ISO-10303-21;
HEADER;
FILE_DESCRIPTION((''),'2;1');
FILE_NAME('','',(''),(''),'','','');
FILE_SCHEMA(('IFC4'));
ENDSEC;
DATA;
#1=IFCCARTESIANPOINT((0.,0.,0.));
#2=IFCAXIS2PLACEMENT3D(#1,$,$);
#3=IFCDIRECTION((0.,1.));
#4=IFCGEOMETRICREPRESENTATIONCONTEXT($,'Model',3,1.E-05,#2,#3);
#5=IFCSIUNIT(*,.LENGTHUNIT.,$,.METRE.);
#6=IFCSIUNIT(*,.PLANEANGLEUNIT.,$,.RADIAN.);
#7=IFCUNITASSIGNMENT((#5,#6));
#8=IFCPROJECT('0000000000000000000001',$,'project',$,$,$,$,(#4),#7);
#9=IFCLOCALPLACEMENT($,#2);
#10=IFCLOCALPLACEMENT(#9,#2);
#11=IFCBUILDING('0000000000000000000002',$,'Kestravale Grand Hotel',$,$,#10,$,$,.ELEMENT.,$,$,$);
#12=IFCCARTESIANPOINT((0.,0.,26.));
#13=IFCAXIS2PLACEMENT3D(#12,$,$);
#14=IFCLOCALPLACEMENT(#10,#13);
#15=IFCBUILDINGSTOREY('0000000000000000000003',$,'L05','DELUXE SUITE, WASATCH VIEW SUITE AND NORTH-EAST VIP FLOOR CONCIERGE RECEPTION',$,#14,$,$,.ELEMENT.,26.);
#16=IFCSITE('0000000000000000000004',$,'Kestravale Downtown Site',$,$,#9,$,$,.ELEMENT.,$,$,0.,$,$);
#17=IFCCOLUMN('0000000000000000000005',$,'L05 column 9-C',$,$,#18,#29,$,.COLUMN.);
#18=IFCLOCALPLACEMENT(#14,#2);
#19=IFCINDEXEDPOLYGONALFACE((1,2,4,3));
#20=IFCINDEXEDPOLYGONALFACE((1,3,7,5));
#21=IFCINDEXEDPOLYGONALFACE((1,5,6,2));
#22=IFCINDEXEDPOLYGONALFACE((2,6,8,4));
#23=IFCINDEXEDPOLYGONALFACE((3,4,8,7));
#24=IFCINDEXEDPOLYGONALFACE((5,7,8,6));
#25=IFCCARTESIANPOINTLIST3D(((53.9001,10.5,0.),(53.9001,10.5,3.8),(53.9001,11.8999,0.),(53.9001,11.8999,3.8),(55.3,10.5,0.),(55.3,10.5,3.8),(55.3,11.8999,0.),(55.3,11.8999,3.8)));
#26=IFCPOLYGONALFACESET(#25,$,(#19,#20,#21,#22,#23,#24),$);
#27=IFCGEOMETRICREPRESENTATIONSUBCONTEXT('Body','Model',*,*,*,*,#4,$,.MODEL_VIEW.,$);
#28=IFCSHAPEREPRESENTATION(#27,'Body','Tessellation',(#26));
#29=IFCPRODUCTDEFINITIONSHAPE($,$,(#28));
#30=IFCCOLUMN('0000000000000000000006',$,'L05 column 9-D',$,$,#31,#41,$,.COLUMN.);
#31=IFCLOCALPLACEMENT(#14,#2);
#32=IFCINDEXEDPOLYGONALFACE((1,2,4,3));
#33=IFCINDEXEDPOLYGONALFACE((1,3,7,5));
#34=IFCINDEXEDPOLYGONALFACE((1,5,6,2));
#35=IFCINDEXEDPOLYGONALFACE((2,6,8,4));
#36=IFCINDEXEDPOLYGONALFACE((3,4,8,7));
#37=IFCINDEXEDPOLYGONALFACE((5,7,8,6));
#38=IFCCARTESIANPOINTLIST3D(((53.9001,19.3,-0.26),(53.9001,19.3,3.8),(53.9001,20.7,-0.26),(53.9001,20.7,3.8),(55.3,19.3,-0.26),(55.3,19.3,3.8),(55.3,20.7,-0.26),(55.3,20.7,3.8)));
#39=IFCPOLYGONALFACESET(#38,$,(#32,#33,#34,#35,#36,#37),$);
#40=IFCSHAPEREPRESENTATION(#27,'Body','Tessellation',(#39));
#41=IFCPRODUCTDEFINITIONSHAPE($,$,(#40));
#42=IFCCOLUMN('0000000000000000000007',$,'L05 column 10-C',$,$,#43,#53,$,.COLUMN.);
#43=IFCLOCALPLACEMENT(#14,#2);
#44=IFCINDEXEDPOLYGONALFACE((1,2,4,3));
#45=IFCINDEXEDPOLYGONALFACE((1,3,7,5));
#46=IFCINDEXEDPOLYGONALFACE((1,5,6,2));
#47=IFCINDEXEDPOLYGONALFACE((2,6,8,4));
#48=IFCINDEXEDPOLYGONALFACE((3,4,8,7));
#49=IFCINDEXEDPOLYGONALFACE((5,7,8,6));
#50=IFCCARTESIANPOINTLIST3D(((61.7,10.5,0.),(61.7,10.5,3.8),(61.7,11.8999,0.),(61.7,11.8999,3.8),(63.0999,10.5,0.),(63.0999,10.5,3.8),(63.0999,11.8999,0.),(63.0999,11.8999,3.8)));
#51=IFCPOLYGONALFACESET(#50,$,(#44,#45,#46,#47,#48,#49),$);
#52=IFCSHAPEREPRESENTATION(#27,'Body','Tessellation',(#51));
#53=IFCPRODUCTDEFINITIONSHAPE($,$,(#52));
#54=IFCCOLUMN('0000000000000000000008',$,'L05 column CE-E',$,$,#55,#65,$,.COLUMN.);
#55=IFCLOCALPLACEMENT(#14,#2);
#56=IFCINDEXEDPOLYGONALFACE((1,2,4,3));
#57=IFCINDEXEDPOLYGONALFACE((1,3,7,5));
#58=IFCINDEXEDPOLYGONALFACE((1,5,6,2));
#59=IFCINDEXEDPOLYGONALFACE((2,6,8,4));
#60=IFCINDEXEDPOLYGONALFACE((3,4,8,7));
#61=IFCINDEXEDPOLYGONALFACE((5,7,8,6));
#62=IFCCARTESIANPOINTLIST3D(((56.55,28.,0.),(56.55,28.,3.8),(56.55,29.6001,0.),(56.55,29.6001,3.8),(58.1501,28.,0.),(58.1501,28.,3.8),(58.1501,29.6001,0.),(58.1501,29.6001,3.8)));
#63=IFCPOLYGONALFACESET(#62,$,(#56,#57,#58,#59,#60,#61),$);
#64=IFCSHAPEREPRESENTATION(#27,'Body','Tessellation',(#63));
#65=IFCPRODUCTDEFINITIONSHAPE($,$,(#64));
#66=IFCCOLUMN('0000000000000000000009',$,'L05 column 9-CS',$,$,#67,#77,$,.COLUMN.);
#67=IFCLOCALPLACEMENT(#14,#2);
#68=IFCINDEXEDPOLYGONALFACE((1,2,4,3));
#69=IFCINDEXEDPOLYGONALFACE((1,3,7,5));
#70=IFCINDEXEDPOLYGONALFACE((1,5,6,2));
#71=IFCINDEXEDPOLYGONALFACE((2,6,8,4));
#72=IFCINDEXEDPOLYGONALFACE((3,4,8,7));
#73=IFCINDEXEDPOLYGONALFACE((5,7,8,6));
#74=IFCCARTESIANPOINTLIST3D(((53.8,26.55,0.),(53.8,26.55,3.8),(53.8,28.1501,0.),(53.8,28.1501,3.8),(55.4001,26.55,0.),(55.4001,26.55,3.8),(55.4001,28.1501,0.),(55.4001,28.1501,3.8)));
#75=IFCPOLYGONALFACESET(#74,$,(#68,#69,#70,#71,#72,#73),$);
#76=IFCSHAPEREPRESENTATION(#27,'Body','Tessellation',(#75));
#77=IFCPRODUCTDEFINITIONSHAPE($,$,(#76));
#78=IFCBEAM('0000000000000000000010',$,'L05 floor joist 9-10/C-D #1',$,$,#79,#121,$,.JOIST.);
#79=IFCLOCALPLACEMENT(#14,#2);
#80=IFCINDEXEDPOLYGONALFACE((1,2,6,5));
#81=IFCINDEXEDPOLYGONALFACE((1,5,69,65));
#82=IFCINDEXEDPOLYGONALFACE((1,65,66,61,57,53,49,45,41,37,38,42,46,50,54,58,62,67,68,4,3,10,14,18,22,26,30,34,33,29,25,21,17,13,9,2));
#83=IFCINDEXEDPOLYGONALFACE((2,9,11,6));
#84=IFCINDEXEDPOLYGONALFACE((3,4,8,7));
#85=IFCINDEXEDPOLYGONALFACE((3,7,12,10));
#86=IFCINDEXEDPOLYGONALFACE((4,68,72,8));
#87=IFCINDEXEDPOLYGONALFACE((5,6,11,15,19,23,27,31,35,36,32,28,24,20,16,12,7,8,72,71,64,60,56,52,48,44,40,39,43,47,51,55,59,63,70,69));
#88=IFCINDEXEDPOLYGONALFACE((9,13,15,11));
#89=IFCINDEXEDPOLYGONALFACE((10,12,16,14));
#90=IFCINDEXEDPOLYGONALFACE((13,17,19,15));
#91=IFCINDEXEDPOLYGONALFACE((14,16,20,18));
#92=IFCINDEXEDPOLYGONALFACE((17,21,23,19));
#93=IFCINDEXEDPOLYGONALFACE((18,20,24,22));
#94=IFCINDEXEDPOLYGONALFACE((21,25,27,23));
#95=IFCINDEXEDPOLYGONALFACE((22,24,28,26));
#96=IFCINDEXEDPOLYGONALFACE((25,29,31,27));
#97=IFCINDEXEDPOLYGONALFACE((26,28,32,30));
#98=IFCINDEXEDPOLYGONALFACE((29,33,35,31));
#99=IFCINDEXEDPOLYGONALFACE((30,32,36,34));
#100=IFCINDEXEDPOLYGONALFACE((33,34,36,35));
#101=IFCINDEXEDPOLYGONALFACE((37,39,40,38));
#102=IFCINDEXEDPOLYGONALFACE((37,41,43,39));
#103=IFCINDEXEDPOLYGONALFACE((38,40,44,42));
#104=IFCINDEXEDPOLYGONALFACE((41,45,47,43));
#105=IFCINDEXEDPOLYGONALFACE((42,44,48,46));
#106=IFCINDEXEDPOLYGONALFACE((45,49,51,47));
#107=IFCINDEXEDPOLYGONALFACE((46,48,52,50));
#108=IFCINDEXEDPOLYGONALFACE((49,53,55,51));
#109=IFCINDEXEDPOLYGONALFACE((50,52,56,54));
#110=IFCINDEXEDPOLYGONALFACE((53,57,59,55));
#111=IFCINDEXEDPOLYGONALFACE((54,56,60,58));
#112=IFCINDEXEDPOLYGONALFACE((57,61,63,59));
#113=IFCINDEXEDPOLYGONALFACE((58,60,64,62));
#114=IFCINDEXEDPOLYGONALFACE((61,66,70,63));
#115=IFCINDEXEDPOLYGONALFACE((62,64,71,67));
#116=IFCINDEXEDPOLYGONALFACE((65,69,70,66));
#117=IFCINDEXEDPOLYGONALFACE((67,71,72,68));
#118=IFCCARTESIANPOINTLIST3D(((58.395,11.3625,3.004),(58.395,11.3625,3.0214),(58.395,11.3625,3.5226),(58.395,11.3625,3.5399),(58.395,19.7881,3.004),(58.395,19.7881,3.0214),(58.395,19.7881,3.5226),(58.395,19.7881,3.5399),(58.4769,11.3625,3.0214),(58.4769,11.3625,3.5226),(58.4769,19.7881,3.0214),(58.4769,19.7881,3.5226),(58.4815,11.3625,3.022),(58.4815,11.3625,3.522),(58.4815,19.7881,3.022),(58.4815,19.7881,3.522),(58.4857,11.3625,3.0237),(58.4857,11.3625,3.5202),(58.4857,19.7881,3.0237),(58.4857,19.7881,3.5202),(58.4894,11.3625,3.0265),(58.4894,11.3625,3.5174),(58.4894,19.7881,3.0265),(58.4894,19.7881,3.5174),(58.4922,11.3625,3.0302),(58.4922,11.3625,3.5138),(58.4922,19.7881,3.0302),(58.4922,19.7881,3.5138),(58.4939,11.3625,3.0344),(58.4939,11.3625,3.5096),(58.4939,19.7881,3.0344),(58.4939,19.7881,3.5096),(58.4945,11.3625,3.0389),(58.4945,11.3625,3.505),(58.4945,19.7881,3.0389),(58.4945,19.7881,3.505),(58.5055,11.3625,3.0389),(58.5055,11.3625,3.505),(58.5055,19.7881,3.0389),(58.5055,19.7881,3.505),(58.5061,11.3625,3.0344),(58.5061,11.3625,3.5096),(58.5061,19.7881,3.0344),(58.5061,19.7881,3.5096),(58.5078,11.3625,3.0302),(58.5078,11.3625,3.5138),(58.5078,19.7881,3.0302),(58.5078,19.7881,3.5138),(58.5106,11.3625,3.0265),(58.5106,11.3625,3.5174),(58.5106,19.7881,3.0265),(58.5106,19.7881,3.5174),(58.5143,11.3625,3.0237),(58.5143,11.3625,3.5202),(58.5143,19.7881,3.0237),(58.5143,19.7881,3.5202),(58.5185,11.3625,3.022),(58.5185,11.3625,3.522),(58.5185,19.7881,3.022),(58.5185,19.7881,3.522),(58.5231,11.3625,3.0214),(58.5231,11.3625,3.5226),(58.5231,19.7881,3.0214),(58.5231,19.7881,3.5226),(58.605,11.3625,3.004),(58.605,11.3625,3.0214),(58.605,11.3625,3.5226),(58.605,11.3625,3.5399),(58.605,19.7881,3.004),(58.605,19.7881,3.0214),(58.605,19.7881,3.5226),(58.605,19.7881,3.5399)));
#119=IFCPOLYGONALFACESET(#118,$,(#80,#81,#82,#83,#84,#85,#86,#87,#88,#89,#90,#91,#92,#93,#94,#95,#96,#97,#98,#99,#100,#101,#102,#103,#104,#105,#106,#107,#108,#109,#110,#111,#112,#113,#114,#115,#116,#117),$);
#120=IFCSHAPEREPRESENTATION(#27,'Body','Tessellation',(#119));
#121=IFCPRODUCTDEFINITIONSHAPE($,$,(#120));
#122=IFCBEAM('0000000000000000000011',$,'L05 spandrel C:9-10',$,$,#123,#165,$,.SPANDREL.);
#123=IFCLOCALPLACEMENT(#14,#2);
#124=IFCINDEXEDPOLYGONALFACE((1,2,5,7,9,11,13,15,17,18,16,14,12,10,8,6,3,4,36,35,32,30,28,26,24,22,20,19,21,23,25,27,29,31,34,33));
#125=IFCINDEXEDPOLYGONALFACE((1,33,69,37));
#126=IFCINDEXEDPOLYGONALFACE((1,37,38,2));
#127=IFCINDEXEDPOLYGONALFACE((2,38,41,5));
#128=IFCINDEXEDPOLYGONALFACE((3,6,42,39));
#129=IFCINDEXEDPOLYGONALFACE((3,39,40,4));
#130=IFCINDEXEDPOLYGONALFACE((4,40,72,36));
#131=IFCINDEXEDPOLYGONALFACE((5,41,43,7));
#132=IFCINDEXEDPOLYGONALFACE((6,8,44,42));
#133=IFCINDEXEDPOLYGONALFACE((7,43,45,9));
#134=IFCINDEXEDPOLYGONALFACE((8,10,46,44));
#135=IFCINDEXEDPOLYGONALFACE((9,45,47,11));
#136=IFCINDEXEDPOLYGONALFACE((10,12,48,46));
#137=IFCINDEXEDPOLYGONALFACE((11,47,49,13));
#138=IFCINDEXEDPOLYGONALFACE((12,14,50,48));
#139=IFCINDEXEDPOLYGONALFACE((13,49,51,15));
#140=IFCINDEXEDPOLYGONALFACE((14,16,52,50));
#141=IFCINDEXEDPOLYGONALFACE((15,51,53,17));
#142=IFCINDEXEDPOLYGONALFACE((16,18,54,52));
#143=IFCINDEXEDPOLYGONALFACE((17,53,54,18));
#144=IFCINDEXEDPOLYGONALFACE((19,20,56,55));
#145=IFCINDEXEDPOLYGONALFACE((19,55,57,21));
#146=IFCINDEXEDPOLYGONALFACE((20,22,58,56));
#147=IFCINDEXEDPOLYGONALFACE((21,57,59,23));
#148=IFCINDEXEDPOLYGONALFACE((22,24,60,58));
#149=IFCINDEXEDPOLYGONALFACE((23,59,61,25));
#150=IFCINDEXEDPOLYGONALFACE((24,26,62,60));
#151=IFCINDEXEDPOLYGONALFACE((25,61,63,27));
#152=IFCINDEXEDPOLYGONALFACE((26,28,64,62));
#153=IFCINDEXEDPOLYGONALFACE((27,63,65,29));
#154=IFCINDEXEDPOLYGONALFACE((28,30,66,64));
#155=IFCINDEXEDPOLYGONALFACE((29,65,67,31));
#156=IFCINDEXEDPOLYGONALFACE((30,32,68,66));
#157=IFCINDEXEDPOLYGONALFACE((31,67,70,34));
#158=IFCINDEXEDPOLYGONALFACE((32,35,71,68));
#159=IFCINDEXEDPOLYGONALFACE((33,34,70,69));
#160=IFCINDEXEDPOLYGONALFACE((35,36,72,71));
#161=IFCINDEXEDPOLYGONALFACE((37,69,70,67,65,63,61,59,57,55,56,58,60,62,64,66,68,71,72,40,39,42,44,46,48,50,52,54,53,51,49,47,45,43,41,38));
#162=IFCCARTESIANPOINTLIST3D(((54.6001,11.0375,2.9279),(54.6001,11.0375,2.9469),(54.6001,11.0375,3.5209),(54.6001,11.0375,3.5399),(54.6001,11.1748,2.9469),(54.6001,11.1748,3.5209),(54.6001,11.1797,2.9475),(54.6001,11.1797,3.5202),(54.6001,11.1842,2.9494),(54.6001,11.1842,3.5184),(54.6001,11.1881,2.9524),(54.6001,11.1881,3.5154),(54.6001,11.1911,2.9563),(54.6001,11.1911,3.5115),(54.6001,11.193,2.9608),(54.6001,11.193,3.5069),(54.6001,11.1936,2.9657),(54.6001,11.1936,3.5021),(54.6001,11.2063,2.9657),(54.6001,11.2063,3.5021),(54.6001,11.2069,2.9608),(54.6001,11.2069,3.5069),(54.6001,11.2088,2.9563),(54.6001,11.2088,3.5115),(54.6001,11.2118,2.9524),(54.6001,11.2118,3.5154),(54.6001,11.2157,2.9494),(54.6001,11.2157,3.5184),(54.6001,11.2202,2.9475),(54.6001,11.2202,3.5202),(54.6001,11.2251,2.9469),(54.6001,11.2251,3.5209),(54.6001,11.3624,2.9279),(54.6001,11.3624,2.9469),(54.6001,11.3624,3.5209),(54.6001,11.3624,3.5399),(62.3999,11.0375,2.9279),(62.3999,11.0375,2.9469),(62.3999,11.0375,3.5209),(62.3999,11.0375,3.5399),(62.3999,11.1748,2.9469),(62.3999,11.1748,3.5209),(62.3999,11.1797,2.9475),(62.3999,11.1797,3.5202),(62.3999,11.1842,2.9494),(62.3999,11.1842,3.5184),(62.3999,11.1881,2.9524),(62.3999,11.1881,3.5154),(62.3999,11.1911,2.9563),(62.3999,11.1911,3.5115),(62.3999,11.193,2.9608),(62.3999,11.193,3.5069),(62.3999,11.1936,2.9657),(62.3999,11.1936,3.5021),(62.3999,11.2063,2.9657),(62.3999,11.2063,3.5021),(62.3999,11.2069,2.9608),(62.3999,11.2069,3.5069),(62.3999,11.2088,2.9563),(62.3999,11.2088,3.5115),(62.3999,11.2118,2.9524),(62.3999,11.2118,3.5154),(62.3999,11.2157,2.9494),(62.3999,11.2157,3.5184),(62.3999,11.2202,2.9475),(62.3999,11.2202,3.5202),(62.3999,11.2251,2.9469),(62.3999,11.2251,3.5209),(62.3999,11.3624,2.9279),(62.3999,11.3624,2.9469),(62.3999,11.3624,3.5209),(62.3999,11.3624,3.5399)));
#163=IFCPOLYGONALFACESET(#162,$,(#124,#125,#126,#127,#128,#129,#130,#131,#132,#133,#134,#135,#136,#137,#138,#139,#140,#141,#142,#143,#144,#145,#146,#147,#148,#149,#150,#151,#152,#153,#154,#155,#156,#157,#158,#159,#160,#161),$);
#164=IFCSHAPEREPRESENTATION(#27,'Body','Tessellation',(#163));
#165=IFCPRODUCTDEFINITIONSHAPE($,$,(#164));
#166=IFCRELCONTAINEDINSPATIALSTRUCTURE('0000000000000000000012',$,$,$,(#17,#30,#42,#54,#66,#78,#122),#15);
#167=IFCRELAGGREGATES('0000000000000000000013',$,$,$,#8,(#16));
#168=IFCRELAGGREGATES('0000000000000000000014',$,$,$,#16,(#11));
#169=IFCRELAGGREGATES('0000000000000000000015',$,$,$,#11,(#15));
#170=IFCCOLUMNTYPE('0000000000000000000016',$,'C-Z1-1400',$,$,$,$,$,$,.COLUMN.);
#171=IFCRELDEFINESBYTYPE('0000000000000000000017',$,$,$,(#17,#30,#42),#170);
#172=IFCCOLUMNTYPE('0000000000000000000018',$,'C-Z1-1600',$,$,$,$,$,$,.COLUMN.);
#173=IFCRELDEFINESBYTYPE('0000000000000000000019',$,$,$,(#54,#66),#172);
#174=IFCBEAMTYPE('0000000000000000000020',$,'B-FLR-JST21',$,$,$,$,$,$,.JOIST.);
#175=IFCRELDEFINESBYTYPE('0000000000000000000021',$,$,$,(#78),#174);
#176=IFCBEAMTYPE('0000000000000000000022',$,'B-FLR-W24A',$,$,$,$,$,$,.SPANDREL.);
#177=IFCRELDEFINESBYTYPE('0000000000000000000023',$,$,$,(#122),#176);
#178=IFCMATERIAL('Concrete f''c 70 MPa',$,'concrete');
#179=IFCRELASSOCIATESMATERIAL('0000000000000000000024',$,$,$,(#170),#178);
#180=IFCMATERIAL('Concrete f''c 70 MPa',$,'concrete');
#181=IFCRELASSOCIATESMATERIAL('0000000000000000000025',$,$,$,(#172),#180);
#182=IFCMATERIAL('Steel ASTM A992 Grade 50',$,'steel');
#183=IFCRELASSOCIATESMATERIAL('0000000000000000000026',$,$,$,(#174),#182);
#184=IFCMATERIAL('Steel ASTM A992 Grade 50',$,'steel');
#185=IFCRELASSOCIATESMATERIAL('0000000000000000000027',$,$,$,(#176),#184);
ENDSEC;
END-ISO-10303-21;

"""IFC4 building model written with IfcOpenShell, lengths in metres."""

from ifc_helpers import new_model, si_unit, direction, frame, origin, origin_2d, place, context, subcontext, project, spatial, rectangle, i_section, extrude, material, material_profile, profile_set, type_object, element, save


model = new_model("IFC4")

# Units and contexts
model_context = context("Model", 3, precision=1e-05, world=origin(), true_north=direction((0.0, 1.0)))
body_context = subcontext(model_context, "Body", "Model", "MODEL_VIEW")
ifc_project = project(units=[si_unit("LENGTHUNIT", "METRE"), si_unit("PLANEANGLEUNIT", "RADIAN")], contexts=[model_context])

# Site, building, storey
site_placement = place(None, origin())
site = spatial("IfcSite", under=ifc_project, at=site_placement, Name="Kestravale Downtown Site", CompositionType="ELEMENT", RefElevation=0.0)
building_placement = place(site_placement, origin())
building = spatial("IfcBuilding", under=site, at=building_placement, Name="Kestravale Grand Hotel", CompositionType="ELEMENT")
storey_placement = place(building_placement, frame((0.0, 0.0, 26.0)))
storey = spatial("IfcBuildingStorey", under=building, at=storey_placement, Name="L05", Description="DELUXE SUITE, WASATCH VIEW SUITE AND NORTH-EAST VIP FLOOR CONCIERGE RECEPTION", CompositionType="ELEMENT", Elevation=26.0)

# Columns
ifc_material_1 = material(Name="Concrete f'c 70 MPa", Category="concrete")
ifc_material_profile_1 = material_profile(ifc_material_1, rectangle(XDim=1.3999, YDim=1.3999, at=origin_2d()))
ifc_profile_set_1 = profile_set([ifc_material_profile_1], Name="Concrete f'c 70 MPa")
column_type_1 = type_object("IfcColumnType", Name="C-Z1-1400", PredefinedType="COLUMN", material=ifc_profile_set_1)
column_1_placement = place(storey_placement, frame((54.6001, 11.2, 0.0), z_axis=(0.0, 0.0, 1.0), x_axis=(1.0, 0.0, 0.0)))
element("IfcColumn", 1, at=column_1_placement, inside=storey, type_object=column_type_1, Name="L05 column 9-C", PredefinedType="COLUMN", context=body_context, shape_type="SweptSolid", body=[
    extrude(rectangle(XDim=1.3999, YDim=1.3999, at=origin_2d()), origin(), (0.0, 0.0, 1.0), 3.8),
])
column_2_placement = place(storey_placement, frame((54.6001, 20.0, -0.26), z_axis=(0.0, 0.0, 1.0), x_axis=(1.0, 0.0, 0.0)))
element("IfcColumn", 2, at=column_2_placement, inside=storey, type_object=column_type_1, Name="L05 column 9-D", PredefinedType="COLUMN", context=body_context, shape_type="SweptSolid", body=[
    extrude(rectangle(XDim=1.3999, YDim=1.3999, at=origin_2d()), origin(), (0.0, 0.0, 1.0), 4.0601),
])
column_3_placement = place(storey_placement, frame((62.3999, 11.2, 0.0), z_axis=(0.0, 0.0, 1.0), x_axis=(1.0, 0.0, 0.0)))
element("IfcColumn", 3, at=column_3_placement, inside=storey, type_object=column_type_1, Name="L05 column 10-C", PredefinedType="COLUMN", context=body_context, shape_type="SweptSolid", body=[
    extrude(rectangle(XDim=1.3999, YDim=1.3999, at=origin_2d()), origin(), (0.0, 0.0, 1.0), 3.8),
])
ifc_material_2 = material(Name="Concrete f'c 70 MPa", Category="concrete")
ifc_material_profile_2 = material_profile(ifc_material_2, rectangle(XDim=1.6001, YDim=1.6001, at=origin_2d()))
ifc_profile_set_2 = profile_set([ifc_material_profile_2], Name="Concrete f'c 70 MPa")
column_type_2 = type_object("IfcColumnType", Name="C-Z1-1600", PredefinedType="COLUMN", material=ifc_profile_set_2)
for number, where, z_axis, x_axis, name in (
    (4, (57.3501, 28.8, 0.0), (0.0, 0.0, 1.0), (1.0, 0.0, 0.0), "L05 column CE-E"),
    (5, (54.6001, 27.3501, 0.0), (0.0, 0.0, 1.0), (1.0, 0.0, 0.0), "L05 column 9-CS"),
):
    element("IfcColumn", number, at=place(storey_placement, frame(where, z_axis=z_axis, x_axis=x_axis)), inside=storey, type_object=column_type_2, Name=name, PredefinedType="COLUMN", context=body_context, shape_type="SweptSolid", body=[
        extrude(rectangle(XDim=1.6001, YDim=1.6001, at=origin_2d()), origin(), (0.0, 0.0, 1.0), 3.8),
    ])

# Beams
ifc_material_3 = material(Name="Steel ASTM A992 Grade 50", Category="steel")
ifc_material_profile_3 = material_profile(ifc_material_3, i_section(OverallWidth=0.21, OverallDepth=0.5359, WebThickness=0.011, FlangeThickness=0.0173, FilletRadius=0.0176, at=origin_2d()))
ifc_profile_set_3 = profile_set([ifc_material_profile_3], Name="Steel ASTM A992 Grade 50")
beam_type_1 = type_object("IfcBeamType", Name="B-FLR-JST21", PredefinedType="JOIST", material=ifc_profile_set_3)
beam_1_placement = place(storey_placement, frame((58.5, 11.3625, 3.272), z_axis=(0.0, 1.0, 0.0), x_axis=(-1.0, 0.0, 0.0)))
element("IfcBeam", 6, at=beam_1_placement, inside=storey, type_object=beam_type_1, Name="L05 floor joist 9-10/C-D #1", PredefinedType="JOIST", context=body_context, shape_type="SweptSolid", body=[
    extrude(i_section(OverallWidth=0.21, OverallDepth=0.5359, WebThickness=0.011, FlangeThickness=0.0173, FilletRadius=0.0176, at=origin_2d()), origin(), (0.0, 0.0, 1.0), 8.4255),
])
ifc_material_4 = material(Name="Steel ASTM A992 Grade 50", Category="steel")
ifc_material_profile_4 = material_profile(ifc_material_4, i_section(OverallWidth=0.325, OverallDepth=0.6121, WebThickness=0.0127, FlangeThickness=0.019, FilletRadius=0.0188, at=origin_2d()))
ifc_profile_set_4 = profile_set([ifc_material_profile_4], Name="Steel ASTM A992 Grade 50")
beam_type_2 = type_object("IfcBeamType", Name="B-FLR-W24A", PredefinedType="SPANDREL", material=ifc_profile_set_4)
beam_2_placement = place(storey_placement, frame((54.6001, 11.2, 3.2339), z_axis=(1.0, 0.0, 0.0), x_axis=(0.0, 1.0, 0.0)))
element("IfcBeam", 7, at=beam_2_placement, inside=storey, type_object=beam_type_2, Name="L05 spandrel C:9-10", PredefinedType="SPANDREL", context=body_context, shape_type="SweptSolid", body=[
    extrude(i_section(OverallWidth=0.325, OverallDepth=0.6121, WebThickness=0.0127, FlangeThickness=0.019, FilletRadius=0.0188, at=origin_2d()), origin(), (0.0, 0.0, 1.0), 7.7998),
])

save(model, "model.ifc")
